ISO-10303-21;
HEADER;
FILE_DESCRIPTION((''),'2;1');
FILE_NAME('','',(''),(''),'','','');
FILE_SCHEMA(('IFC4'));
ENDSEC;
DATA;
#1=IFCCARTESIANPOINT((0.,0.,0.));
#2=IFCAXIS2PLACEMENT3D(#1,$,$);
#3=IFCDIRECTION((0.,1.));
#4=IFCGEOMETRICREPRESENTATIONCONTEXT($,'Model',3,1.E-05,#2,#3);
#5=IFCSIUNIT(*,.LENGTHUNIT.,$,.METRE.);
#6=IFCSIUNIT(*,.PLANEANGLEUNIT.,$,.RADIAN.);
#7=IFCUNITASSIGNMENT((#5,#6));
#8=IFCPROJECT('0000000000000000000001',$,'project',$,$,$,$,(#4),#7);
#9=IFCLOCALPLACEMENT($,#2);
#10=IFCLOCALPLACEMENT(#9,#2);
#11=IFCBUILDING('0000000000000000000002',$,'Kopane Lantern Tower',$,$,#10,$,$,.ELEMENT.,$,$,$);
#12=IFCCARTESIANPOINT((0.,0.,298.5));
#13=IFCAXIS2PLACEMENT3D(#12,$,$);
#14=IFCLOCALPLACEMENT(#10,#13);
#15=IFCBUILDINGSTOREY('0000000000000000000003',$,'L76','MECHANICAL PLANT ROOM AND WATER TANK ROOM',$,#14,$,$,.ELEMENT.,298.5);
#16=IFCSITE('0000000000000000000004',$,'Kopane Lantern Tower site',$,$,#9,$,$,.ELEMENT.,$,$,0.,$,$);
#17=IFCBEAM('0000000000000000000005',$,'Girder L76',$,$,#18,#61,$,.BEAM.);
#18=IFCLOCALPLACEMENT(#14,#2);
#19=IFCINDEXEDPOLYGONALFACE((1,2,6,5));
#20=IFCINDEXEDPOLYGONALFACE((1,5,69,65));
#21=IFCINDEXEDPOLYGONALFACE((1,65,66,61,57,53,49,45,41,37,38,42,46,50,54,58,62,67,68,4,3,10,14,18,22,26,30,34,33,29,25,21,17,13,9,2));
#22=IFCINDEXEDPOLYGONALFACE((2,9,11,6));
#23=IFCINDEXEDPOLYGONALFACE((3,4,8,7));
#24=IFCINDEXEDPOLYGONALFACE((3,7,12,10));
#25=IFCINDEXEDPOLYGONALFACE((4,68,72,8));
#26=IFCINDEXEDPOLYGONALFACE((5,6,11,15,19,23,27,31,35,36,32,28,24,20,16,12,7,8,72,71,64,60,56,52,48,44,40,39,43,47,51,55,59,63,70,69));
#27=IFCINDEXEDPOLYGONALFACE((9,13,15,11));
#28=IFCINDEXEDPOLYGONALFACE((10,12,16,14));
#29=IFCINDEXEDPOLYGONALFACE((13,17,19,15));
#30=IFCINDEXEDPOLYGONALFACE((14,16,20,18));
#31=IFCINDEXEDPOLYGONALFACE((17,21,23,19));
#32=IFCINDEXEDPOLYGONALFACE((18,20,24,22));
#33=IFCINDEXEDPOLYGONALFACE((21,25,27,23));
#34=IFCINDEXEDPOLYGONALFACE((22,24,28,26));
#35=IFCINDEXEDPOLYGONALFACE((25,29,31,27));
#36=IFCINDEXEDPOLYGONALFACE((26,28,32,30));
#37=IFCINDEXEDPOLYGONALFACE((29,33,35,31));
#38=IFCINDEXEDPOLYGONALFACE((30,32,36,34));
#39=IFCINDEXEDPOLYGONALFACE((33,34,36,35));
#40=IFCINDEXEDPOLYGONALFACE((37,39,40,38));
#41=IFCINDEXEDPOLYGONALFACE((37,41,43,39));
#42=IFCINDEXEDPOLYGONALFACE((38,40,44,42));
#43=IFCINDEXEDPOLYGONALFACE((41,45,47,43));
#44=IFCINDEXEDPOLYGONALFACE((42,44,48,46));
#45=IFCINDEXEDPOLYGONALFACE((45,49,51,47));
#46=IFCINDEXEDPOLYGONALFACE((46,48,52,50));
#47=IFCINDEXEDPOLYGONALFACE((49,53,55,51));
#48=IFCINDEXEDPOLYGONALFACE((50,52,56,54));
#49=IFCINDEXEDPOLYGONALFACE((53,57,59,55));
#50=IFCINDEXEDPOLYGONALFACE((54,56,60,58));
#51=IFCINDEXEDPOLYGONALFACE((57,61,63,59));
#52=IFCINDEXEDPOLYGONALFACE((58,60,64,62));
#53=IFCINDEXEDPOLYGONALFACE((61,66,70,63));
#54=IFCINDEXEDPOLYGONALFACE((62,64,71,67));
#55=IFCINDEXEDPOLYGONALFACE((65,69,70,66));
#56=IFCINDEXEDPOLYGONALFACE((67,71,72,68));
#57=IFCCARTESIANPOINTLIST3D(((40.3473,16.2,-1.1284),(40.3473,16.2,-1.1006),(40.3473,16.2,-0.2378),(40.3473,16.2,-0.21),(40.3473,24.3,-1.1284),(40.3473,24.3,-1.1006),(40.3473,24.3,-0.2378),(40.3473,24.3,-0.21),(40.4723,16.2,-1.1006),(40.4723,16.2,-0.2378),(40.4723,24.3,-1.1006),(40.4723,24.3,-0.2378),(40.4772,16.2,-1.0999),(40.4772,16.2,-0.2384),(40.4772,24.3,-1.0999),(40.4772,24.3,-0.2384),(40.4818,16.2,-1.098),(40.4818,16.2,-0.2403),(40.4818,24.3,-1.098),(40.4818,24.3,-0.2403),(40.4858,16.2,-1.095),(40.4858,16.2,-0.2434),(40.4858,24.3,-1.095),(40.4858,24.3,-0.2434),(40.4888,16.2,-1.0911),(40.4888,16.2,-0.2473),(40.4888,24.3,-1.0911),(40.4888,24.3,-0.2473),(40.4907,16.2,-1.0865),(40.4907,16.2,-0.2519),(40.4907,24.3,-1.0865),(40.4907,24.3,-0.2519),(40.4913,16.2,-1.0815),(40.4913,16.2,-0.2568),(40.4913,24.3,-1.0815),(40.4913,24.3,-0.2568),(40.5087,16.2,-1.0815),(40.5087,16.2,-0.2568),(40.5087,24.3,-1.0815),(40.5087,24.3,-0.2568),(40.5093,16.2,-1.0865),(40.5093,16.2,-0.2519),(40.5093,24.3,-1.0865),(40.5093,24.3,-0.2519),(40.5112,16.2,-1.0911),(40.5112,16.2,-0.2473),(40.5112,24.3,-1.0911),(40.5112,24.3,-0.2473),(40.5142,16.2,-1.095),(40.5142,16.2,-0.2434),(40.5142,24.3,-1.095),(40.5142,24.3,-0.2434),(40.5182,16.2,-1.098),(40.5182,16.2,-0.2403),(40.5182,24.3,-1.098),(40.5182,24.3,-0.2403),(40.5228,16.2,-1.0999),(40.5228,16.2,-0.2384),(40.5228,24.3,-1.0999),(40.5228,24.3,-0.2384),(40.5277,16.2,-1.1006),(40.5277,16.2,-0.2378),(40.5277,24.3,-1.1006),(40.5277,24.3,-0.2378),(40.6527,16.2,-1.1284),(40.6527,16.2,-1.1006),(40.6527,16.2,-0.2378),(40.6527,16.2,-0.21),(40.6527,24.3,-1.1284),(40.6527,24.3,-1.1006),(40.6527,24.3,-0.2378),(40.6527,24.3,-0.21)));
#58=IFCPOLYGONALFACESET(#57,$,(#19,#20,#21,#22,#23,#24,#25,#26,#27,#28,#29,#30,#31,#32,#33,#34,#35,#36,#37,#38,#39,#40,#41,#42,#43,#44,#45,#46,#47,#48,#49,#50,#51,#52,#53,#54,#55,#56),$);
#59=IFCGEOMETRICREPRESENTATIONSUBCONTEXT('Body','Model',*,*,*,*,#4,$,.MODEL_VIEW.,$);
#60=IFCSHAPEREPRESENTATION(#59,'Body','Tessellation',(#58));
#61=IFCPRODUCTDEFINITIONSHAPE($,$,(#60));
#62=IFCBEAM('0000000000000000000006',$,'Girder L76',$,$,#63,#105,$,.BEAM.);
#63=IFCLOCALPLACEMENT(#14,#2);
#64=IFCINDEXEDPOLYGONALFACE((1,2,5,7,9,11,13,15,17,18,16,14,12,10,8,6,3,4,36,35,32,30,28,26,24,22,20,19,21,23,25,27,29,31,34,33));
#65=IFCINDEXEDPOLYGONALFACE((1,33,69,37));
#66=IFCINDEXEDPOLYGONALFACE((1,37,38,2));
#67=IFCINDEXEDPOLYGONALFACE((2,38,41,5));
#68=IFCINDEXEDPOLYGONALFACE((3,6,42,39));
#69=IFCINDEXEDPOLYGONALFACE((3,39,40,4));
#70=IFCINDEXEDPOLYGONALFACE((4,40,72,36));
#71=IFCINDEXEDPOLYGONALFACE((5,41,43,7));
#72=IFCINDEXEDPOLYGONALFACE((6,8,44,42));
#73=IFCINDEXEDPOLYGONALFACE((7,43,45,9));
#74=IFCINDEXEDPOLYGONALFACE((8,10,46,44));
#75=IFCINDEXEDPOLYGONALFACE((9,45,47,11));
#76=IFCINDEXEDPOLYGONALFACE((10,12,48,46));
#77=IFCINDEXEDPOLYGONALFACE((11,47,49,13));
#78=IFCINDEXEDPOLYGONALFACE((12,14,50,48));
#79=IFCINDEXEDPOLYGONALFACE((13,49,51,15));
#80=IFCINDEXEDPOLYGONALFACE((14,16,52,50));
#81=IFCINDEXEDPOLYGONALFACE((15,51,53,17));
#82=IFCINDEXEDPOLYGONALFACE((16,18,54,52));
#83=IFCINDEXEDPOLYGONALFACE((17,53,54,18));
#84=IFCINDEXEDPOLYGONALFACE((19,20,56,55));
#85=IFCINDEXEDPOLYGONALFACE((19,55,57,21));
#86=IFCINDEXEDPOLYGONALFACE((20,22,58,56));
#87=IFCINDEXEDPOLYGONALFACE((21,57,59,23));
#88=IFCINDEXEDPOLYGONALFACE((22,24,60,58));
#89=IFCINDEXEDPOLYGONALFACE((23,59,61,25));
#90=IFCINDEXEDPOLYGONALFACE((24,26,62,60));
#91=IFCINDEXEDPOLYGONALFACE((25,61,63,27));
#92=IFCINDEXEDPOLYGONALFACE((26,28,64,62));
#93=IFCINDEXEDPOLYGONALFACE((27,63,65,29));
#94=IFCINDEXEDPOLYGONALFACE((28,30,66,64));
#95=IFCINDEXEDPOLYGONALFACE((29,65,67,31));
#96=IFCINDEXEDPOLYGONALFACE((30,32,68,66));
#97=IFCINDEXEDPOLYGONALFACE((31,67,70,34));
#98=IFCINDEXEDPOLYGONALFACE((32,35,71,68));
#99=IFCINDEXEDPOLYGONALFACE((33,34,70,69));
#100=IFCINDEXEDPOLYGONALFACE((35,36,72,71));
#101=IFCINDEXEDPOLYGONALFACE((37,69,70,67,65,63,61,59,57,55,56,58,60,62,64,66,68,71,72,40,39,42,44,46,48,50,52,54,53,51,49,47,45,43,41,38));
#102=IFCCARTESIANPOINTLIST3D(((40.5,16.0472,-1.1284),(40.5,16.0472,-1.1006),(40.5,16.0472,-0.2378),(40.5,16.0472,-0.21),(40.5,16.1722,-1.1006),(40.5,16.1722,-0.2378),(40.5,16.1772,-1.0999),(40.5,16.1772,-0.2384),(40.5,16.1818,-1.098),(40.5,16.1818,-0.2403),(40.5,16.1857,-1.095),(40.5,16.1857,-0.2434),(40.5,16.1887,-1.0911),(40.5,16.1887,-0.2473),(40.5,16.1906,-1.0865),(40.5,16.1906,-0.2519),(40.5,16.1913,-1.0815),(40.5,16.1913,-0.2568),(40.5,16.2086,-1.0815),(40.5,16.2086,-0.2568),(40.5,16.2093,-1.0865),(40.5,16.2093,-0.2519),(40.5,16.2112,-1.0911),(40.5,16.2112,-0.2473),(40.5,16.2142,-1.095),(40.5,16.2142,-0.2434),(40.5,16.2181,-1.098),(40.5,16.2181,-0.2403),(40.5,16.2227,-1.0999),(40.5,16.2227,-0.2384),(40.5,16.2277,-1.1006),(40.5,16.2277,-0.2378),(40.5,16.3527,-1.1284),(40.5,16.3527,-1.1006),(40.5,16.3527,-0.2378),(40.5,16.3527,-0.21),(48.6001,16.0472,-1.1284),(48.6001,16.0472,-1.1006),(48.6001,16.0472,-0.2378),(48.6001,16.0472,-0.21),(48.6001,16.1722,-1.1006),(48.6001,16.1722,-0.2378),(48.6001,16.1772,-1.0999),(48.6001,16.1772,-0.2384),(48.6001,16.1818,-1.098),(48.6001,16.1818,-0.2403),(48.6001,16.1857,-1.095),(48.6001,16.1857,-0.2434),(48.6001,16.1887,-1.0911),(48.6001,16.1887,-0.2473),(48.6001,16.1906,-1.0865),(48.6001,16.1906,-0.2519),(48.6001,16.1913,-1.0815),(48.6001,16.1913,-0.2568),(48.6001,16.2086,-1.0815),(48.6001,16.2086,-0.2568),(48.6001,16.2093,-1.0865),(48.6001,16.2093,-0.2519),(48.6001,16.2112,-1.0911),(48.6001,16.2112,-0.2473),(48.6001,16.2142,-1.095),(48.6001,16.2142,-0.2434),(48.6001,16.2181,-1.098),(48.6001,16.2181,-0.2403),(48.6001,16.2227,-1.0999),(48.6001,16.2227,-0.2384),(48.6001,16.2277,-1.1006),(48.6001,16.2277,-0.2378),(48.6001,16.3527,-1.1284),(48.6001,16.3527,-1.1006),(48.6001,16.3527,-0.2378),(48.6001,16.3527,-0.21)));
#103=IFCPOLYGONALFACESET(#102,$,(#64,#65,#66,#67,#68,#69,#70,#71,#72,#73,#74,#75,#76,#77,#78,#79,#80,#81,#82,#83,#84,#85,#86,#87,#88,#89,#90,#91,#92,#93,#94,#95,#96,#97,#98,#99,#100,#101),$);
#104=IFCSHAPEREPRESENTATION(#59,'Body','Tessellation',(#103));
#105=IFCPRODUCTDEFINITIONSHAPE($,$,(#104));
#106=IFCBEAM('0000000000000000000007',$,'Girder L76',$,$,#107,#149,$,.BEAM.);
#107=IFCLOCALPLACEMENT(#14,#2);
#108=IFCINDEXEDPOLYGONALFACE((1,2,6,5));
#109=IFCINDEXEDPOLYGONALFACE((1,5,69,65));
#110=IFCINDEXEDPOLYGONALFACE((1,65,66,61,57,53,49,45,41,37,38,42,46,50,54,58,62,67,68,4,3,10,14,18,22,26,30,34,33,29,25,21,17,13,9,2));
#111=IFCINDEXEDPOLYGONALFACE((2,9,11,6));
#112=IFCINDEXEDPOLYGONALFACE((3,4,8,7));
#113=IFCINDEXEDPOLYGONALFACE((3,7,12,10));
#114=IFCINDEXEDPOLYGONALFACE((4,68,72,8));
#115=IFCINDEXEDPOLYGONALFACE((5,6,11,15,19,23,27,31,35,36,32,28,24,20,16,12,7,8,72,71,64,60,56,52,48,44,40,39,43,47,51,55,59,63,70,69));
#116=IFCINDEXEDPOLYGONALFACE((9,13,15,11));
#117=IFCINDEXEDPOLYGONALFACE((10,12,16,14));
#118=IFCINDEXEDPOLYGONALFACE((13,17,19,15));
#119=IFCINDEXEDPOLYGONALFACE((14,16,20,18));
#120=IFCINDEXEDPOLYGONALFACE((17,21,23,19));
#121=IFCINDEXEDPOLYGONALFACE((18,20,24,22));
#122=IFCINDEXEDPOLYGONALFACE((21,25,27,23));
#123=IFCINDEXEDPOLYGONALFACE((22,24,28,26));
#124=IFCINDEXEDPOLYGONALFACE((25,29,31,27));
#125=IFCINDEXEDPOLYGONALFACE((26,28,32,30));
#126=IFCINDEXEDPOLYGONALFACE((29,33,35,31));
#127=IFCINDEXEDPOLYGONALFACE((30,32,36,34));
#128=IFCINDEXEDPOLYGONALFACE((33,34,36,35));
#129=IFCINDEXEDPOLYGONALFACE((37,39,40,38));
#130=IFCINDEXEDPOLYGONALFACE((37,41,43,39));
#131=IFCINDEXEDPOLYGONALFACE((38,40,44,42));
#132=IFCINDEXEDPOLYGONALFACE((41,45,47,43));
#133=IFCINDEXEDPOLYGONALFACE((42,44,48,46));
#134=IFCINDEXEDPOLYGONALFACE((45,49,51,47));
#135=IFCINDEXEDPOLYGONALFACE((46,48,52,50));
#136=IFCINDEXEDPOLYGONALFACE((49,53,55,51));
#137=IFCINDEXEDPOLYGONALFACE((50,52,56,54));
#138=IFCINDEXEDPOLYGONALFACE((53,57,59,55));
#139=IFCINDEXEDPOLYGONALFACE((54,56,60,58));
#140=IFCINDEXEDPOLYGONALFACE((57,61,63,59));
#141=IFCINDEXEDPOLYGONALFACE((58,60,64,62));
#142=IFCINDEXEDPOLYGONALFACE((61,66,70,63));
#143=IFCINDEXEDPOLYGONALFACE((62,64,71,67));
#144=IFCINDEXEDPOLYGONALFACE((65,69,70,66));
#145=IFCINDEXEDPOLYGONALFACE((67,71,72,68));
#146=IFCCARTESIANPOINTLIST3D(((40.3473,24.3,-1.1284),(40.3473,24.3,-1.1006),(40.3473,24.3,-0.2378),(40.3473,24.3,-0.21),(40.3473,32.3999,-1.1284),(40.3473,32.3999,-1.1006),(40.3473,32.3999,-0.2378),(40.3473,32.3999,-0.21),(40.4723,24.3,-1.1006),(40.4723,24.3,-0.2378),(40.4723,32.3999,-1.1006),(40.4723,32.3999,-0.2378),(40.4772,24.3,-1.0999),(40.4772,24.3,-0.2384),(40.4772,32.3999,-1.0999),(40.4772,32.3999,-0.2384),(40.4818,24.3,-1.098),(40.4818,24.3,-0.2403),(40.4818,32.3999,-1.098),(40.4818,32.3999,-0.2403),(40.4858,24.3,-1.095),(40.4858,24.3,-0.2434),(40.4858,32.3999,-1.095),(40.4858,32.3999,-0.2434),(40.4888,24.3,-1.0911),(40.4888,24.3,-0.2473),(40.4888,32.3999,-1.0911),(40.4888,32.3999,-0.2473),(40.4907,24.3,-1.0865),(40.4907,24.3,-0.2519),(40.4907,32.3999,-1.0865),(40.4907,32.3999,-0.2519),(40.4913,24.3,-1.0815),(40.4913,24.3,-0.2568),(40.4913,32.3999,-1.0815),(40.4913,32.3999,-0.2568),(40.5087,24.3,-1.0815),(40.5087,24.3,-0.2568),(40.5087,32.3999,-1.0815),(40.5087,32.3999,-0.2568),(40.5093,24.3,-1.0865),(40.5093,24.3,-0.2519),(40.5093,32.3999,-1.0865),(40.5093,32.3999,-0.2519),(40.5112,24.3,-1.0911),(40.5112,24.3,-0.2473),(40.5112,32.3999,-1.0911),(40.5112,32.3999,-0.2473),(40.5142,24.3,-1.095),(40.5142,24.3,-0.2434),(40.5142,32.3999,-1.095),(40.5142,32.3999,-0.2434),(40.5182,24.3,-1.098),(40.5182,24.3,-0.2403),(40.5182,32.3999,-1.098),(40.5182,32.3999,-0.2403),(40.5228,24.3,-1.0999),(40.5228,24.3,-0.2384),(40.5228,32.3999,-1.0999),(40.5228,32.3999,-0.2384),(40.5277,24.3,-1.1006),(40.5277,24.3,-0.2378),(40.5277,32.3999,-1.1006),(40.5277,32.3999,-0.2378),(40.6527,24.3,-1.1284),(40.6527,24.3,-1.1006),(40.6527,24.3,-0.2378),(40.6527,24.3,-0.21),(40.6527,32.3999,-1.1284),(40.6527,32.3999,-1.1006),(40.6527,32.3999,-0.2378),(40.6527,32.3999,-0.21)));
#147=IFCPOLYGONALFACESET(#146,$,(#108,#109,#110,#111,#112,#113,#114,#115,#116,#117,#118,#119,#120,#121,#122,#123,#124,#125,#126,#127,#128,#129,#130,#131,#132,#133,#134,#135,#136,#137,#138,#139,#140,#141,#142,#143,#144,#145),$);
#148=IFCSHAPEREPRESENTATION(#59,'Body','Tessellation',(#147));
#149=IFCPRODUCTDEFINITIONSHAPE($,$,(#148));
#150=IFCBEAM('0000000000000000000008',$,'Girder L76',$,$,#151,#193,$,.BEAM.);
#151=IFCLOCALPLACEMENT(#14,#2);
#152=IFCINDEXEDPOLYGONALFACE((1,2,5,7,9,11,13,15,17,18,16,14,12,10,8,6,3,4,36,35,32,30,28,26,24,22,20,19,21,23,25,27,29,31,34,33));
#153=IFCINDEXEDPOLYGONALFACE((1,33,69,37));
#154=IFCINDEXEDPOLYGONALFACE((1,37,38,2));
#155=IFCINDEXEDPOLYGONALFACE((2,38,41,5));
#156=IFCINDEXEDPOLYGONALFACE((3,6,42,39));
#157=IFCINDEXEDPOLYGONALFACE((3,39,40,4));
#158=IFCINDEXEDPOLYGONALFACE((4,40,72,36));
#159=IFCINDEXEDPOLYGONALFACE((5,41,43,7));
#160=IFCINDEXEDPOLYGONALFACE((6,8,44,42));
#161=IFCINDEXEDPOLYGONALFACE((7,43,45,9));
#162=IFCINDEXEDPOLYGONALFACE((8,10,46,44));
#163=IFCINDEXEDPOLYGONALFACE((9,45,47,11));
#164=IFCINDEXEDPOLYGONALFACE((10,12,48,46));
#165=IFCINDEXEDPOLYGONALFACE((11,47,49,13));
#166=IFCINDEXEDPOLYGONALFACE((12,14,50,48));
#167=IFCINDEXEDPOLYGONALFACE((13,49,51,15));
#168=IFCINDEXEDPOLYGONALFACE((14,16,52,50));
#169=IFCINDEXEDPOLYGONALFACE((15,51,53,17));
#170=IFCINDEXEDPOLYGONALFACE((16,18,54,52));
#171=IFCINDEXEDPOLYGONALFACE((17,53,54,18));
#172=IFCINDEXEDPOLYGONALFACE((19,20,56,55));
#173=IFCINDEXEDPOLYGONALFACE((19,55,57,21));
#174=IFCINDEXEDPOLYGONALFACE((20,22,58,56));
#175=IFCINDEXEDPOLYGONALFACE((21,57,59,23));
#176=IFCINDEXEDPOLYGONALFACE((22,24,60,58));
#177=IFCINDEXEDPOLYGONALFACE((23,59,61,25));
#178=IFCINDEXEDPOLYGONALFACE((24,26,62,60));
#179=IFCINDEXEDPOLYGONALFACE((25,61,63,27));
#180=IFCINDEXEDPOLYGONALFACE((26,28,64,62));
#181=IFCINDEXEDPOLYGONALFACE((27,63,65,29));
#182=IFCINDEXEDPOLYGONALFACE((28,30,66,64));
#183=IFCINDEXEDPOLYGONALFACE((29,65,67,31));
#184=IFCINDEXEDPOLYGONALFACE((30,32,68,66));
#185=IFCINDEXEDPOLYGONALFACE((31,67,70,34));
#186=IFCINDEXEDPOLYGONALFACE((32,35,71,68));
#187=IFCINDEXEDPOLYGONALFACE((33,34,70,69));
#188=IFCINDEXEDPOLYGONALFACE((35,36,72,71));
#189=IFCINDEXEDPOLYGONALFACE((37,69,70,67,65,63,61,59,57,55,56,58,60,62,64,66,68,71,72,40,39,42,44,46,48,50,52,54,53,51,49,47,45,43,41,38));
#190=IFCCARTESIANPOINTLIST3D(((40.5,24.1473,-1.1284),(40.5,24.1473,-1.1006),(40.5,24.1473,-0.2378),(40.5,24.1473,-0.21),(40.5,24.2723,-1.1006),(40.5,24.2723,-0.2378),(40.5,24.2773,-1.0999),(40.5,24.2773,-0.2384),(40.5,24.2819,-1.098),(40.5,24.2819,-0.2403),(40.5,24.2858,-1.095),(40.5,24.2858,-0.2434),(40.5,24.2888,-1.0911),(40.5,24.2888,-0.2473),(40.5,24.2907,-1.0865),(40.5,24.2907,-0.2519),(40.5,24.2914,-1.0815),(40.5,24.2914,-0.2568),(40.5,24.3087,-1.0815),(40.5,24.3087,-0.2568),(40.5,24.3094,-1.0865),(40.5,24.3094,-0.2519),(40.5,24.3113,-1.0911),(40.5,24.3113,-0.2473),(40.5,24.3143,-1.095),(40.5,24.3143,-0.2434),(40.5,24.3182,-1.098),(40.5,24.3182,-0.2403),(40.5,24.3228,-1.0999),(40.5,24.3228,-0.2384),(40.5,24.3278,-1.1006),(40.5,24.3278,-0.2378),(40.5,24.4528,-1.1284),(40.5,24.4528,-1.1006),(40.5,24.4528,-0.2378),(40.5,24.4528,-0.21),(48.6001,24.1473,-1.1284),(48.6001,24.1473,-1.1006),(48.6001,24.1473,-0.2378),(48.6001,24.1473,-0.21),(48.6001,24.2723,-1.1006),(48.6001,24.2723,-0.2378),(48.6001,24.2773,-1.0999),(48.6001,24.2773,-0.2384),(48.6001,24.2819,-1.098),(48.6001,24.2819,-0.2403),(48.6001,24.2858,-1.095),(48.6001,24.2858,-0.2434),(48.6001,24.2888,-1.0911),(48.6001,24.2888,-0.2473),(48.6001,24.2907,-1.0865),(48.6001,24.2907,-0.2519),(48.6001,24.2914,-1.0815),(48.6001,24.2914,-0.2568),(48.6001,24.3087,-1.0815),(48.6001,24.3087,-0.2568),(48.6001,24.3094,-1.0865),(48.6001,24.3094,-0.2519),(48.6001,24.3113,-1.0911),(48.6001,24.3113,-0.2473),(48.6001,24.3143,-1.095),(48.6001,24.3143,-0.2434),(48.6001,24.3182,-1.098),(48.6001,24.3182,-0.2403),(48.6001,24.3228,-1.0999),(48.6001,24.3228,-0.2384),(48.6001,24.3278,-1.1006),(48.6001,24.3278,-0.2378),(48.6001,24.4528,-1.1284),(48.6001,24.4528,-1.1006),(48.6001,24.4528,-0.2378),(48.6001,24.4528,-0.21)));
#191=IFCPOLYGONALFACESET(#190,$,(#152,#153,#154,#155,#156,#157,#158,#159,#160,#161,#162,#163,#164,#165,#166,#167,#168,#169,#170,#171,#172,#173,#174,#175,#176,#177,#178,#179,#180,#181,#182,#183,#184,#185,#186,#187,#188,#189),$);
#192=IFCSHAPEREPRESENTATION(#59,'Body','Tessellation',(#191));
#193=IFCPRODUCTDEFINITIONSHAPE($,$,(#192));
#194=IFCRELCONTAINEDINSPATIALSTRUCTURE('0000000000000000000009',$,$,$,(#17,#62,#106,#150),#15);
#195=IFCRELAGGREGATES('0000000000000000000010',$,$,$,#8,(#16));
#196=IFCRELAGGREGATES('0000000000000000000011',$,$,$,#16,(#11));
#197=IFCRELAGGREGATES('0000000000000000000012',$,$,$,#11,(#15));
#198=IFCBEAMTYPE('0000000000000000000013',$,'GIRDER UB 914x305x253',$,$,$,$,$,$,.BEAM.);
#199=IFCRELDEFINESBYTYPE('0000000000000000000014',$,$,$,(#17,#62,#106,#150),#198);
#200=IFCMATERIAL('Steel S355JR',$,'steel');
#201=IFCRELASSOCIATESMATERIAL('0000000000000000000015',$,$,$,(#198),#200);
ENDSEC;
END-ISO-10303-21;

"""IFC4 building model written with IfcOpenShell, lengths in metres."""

from ifc_helpers import new_model, si_unit, direction, frame, origin, origin_2d, place, context, subcontext, project, spatial, i_section, extrude, material, material_profile, profile_set, type_object, element, save


model = new_model("IFC4")

# Units and contexts
model_context = context("Model", 3, precision=1e-05, world=origin(), true_north=direction((0.0, 1.0)))
body_context = subcontext(model_context, "Body", "Model", "MODEL_VIEW")
ifc_project = project(units=[si_unit("LENGTHUNIT", "METRE"), si_unit("PLANEANGLEUNIT", "RADIAN")], contexts=[model_context])

# Site, building, storey
site_placement = place(None, origin())
site = spatial("IfcSite", under=ifc_project, at=site_placement, Name="Kopane Lantern Tower site", CompositionType="ELEMENT", RefElevation=0.0)
building_placement = place(site_placement, origin())
building = spatial("IfcBuilding", under=site, at=building_placement, Name="Kopane Lantern Tower", CompositionType="ELEMENT")
storey_placement = place(building_placement, frame((0.0, 0.0, 298.5)))
storey = spatial("IfcBuildingStorey", under=building, at=storey_placement, Name="L76", Description="MECHANICAL PLANT ROOM AND WATER TANK ROOM", CompositionType="ELEMENT", Elevation=298.5)

# Beams
ifc_material_1 = material(Name="Steel S355JR", Category="steel")
ifc_material_profile_1 = material_profile(ifc_material_1, i_section(OverallWidth=0.3054, OverallDepth=0.9185, WebThickness=0.0173, FlangeThickness=0.0278, FilletRadius=0.019, at=origin_2d()), Name="UB 914x305x253")
ifc_profile_set_1 = profile_set([ifc_material_profile_1], Name="Steel S355JR")
beam_type_1 = type_object("IfcBeamType", Name="GIRDER UB 914x305x253", PredefinedType="BEAM", material=ifc_profile_set_1)
for number, where, z_axis, x_axis, name in (
    (1, (40.5, 16.2, -0.6692), (0.0, 1.0, 0.0), (-1.0, 0.0, 0.0), "Girder L76"),
    (2, (40.5, 16.2, -0.6692), (1.0, 0.0, 0.0), (0.0, 1.0, 0.0), "Girder L76"),
):
    element("IfcBeam", number, at=place(storey_placement, frame(where, z_axis=z_axis, x_axis=x_axis)), inside=storey, type_object=beam_type_1, Name=name, PredefinedType="BEAM", context=body_context, shape_type="SweptSolid", body=[
        extrude(i_section(OverallWidth=0.3054, OverallDepth=0.9185, WebThickness=0.0173, FlangeThickness=0.0278, FilletRadius=0.019, at=origin_2d()), origin(), (0.0, 0.0, 1.0), 8.1001),
    ])
beam_1_placement = place(storey_placement, frame((40.5, 24.3, -0.6692), z_axis=(0.0, 1.0, 0.0), x_axis=(-1.0, 0.0, 0.0)))
element("IfcBeam", 3, at=beam_1_placement, inside=storey, type_object=beam_type_1, Name="Girder L76", PredefinedType="BEAM", context=body_context, shape_type="SweptSolid", body=[
    extrude(i_section(OverallWidth=0.3054, OverallDepth=0.9185, WebThickness=0.0173, FlangeThickness=0.0278, FilletRadius=0.019, at=origin_2d()), origin(), (0.0, 0.0, 1.0), 8.0999),
])
for number, where, z_axis, x_axis, name in (
    (4, (40.5, 24.3, -0.6692), (1.0, 0.0, 0.0), (0.0, 1.0, 0.0), "Girder L76"),
):
    element("IfcBeam", number, at=place(storey_placement, frame(where, z_axis=z_axis, x_axis=x_axis)), inside=storey, type_object=beam_type_1, Name=name, PredefinedType="BEAM", context=body_context, shape_type="SweptSolid", body=[
        extrude(i_section(OverallWidth=0.3054, OverallDepth=0.9185, WebThickness=0.0173, FlangeThickness=0.0278, FilletRadius=0.019, at=origin_2d()), origin(), (0.0, 0.0, 1.0), 8.1001),
    ])

save(model, "model.ifc")
